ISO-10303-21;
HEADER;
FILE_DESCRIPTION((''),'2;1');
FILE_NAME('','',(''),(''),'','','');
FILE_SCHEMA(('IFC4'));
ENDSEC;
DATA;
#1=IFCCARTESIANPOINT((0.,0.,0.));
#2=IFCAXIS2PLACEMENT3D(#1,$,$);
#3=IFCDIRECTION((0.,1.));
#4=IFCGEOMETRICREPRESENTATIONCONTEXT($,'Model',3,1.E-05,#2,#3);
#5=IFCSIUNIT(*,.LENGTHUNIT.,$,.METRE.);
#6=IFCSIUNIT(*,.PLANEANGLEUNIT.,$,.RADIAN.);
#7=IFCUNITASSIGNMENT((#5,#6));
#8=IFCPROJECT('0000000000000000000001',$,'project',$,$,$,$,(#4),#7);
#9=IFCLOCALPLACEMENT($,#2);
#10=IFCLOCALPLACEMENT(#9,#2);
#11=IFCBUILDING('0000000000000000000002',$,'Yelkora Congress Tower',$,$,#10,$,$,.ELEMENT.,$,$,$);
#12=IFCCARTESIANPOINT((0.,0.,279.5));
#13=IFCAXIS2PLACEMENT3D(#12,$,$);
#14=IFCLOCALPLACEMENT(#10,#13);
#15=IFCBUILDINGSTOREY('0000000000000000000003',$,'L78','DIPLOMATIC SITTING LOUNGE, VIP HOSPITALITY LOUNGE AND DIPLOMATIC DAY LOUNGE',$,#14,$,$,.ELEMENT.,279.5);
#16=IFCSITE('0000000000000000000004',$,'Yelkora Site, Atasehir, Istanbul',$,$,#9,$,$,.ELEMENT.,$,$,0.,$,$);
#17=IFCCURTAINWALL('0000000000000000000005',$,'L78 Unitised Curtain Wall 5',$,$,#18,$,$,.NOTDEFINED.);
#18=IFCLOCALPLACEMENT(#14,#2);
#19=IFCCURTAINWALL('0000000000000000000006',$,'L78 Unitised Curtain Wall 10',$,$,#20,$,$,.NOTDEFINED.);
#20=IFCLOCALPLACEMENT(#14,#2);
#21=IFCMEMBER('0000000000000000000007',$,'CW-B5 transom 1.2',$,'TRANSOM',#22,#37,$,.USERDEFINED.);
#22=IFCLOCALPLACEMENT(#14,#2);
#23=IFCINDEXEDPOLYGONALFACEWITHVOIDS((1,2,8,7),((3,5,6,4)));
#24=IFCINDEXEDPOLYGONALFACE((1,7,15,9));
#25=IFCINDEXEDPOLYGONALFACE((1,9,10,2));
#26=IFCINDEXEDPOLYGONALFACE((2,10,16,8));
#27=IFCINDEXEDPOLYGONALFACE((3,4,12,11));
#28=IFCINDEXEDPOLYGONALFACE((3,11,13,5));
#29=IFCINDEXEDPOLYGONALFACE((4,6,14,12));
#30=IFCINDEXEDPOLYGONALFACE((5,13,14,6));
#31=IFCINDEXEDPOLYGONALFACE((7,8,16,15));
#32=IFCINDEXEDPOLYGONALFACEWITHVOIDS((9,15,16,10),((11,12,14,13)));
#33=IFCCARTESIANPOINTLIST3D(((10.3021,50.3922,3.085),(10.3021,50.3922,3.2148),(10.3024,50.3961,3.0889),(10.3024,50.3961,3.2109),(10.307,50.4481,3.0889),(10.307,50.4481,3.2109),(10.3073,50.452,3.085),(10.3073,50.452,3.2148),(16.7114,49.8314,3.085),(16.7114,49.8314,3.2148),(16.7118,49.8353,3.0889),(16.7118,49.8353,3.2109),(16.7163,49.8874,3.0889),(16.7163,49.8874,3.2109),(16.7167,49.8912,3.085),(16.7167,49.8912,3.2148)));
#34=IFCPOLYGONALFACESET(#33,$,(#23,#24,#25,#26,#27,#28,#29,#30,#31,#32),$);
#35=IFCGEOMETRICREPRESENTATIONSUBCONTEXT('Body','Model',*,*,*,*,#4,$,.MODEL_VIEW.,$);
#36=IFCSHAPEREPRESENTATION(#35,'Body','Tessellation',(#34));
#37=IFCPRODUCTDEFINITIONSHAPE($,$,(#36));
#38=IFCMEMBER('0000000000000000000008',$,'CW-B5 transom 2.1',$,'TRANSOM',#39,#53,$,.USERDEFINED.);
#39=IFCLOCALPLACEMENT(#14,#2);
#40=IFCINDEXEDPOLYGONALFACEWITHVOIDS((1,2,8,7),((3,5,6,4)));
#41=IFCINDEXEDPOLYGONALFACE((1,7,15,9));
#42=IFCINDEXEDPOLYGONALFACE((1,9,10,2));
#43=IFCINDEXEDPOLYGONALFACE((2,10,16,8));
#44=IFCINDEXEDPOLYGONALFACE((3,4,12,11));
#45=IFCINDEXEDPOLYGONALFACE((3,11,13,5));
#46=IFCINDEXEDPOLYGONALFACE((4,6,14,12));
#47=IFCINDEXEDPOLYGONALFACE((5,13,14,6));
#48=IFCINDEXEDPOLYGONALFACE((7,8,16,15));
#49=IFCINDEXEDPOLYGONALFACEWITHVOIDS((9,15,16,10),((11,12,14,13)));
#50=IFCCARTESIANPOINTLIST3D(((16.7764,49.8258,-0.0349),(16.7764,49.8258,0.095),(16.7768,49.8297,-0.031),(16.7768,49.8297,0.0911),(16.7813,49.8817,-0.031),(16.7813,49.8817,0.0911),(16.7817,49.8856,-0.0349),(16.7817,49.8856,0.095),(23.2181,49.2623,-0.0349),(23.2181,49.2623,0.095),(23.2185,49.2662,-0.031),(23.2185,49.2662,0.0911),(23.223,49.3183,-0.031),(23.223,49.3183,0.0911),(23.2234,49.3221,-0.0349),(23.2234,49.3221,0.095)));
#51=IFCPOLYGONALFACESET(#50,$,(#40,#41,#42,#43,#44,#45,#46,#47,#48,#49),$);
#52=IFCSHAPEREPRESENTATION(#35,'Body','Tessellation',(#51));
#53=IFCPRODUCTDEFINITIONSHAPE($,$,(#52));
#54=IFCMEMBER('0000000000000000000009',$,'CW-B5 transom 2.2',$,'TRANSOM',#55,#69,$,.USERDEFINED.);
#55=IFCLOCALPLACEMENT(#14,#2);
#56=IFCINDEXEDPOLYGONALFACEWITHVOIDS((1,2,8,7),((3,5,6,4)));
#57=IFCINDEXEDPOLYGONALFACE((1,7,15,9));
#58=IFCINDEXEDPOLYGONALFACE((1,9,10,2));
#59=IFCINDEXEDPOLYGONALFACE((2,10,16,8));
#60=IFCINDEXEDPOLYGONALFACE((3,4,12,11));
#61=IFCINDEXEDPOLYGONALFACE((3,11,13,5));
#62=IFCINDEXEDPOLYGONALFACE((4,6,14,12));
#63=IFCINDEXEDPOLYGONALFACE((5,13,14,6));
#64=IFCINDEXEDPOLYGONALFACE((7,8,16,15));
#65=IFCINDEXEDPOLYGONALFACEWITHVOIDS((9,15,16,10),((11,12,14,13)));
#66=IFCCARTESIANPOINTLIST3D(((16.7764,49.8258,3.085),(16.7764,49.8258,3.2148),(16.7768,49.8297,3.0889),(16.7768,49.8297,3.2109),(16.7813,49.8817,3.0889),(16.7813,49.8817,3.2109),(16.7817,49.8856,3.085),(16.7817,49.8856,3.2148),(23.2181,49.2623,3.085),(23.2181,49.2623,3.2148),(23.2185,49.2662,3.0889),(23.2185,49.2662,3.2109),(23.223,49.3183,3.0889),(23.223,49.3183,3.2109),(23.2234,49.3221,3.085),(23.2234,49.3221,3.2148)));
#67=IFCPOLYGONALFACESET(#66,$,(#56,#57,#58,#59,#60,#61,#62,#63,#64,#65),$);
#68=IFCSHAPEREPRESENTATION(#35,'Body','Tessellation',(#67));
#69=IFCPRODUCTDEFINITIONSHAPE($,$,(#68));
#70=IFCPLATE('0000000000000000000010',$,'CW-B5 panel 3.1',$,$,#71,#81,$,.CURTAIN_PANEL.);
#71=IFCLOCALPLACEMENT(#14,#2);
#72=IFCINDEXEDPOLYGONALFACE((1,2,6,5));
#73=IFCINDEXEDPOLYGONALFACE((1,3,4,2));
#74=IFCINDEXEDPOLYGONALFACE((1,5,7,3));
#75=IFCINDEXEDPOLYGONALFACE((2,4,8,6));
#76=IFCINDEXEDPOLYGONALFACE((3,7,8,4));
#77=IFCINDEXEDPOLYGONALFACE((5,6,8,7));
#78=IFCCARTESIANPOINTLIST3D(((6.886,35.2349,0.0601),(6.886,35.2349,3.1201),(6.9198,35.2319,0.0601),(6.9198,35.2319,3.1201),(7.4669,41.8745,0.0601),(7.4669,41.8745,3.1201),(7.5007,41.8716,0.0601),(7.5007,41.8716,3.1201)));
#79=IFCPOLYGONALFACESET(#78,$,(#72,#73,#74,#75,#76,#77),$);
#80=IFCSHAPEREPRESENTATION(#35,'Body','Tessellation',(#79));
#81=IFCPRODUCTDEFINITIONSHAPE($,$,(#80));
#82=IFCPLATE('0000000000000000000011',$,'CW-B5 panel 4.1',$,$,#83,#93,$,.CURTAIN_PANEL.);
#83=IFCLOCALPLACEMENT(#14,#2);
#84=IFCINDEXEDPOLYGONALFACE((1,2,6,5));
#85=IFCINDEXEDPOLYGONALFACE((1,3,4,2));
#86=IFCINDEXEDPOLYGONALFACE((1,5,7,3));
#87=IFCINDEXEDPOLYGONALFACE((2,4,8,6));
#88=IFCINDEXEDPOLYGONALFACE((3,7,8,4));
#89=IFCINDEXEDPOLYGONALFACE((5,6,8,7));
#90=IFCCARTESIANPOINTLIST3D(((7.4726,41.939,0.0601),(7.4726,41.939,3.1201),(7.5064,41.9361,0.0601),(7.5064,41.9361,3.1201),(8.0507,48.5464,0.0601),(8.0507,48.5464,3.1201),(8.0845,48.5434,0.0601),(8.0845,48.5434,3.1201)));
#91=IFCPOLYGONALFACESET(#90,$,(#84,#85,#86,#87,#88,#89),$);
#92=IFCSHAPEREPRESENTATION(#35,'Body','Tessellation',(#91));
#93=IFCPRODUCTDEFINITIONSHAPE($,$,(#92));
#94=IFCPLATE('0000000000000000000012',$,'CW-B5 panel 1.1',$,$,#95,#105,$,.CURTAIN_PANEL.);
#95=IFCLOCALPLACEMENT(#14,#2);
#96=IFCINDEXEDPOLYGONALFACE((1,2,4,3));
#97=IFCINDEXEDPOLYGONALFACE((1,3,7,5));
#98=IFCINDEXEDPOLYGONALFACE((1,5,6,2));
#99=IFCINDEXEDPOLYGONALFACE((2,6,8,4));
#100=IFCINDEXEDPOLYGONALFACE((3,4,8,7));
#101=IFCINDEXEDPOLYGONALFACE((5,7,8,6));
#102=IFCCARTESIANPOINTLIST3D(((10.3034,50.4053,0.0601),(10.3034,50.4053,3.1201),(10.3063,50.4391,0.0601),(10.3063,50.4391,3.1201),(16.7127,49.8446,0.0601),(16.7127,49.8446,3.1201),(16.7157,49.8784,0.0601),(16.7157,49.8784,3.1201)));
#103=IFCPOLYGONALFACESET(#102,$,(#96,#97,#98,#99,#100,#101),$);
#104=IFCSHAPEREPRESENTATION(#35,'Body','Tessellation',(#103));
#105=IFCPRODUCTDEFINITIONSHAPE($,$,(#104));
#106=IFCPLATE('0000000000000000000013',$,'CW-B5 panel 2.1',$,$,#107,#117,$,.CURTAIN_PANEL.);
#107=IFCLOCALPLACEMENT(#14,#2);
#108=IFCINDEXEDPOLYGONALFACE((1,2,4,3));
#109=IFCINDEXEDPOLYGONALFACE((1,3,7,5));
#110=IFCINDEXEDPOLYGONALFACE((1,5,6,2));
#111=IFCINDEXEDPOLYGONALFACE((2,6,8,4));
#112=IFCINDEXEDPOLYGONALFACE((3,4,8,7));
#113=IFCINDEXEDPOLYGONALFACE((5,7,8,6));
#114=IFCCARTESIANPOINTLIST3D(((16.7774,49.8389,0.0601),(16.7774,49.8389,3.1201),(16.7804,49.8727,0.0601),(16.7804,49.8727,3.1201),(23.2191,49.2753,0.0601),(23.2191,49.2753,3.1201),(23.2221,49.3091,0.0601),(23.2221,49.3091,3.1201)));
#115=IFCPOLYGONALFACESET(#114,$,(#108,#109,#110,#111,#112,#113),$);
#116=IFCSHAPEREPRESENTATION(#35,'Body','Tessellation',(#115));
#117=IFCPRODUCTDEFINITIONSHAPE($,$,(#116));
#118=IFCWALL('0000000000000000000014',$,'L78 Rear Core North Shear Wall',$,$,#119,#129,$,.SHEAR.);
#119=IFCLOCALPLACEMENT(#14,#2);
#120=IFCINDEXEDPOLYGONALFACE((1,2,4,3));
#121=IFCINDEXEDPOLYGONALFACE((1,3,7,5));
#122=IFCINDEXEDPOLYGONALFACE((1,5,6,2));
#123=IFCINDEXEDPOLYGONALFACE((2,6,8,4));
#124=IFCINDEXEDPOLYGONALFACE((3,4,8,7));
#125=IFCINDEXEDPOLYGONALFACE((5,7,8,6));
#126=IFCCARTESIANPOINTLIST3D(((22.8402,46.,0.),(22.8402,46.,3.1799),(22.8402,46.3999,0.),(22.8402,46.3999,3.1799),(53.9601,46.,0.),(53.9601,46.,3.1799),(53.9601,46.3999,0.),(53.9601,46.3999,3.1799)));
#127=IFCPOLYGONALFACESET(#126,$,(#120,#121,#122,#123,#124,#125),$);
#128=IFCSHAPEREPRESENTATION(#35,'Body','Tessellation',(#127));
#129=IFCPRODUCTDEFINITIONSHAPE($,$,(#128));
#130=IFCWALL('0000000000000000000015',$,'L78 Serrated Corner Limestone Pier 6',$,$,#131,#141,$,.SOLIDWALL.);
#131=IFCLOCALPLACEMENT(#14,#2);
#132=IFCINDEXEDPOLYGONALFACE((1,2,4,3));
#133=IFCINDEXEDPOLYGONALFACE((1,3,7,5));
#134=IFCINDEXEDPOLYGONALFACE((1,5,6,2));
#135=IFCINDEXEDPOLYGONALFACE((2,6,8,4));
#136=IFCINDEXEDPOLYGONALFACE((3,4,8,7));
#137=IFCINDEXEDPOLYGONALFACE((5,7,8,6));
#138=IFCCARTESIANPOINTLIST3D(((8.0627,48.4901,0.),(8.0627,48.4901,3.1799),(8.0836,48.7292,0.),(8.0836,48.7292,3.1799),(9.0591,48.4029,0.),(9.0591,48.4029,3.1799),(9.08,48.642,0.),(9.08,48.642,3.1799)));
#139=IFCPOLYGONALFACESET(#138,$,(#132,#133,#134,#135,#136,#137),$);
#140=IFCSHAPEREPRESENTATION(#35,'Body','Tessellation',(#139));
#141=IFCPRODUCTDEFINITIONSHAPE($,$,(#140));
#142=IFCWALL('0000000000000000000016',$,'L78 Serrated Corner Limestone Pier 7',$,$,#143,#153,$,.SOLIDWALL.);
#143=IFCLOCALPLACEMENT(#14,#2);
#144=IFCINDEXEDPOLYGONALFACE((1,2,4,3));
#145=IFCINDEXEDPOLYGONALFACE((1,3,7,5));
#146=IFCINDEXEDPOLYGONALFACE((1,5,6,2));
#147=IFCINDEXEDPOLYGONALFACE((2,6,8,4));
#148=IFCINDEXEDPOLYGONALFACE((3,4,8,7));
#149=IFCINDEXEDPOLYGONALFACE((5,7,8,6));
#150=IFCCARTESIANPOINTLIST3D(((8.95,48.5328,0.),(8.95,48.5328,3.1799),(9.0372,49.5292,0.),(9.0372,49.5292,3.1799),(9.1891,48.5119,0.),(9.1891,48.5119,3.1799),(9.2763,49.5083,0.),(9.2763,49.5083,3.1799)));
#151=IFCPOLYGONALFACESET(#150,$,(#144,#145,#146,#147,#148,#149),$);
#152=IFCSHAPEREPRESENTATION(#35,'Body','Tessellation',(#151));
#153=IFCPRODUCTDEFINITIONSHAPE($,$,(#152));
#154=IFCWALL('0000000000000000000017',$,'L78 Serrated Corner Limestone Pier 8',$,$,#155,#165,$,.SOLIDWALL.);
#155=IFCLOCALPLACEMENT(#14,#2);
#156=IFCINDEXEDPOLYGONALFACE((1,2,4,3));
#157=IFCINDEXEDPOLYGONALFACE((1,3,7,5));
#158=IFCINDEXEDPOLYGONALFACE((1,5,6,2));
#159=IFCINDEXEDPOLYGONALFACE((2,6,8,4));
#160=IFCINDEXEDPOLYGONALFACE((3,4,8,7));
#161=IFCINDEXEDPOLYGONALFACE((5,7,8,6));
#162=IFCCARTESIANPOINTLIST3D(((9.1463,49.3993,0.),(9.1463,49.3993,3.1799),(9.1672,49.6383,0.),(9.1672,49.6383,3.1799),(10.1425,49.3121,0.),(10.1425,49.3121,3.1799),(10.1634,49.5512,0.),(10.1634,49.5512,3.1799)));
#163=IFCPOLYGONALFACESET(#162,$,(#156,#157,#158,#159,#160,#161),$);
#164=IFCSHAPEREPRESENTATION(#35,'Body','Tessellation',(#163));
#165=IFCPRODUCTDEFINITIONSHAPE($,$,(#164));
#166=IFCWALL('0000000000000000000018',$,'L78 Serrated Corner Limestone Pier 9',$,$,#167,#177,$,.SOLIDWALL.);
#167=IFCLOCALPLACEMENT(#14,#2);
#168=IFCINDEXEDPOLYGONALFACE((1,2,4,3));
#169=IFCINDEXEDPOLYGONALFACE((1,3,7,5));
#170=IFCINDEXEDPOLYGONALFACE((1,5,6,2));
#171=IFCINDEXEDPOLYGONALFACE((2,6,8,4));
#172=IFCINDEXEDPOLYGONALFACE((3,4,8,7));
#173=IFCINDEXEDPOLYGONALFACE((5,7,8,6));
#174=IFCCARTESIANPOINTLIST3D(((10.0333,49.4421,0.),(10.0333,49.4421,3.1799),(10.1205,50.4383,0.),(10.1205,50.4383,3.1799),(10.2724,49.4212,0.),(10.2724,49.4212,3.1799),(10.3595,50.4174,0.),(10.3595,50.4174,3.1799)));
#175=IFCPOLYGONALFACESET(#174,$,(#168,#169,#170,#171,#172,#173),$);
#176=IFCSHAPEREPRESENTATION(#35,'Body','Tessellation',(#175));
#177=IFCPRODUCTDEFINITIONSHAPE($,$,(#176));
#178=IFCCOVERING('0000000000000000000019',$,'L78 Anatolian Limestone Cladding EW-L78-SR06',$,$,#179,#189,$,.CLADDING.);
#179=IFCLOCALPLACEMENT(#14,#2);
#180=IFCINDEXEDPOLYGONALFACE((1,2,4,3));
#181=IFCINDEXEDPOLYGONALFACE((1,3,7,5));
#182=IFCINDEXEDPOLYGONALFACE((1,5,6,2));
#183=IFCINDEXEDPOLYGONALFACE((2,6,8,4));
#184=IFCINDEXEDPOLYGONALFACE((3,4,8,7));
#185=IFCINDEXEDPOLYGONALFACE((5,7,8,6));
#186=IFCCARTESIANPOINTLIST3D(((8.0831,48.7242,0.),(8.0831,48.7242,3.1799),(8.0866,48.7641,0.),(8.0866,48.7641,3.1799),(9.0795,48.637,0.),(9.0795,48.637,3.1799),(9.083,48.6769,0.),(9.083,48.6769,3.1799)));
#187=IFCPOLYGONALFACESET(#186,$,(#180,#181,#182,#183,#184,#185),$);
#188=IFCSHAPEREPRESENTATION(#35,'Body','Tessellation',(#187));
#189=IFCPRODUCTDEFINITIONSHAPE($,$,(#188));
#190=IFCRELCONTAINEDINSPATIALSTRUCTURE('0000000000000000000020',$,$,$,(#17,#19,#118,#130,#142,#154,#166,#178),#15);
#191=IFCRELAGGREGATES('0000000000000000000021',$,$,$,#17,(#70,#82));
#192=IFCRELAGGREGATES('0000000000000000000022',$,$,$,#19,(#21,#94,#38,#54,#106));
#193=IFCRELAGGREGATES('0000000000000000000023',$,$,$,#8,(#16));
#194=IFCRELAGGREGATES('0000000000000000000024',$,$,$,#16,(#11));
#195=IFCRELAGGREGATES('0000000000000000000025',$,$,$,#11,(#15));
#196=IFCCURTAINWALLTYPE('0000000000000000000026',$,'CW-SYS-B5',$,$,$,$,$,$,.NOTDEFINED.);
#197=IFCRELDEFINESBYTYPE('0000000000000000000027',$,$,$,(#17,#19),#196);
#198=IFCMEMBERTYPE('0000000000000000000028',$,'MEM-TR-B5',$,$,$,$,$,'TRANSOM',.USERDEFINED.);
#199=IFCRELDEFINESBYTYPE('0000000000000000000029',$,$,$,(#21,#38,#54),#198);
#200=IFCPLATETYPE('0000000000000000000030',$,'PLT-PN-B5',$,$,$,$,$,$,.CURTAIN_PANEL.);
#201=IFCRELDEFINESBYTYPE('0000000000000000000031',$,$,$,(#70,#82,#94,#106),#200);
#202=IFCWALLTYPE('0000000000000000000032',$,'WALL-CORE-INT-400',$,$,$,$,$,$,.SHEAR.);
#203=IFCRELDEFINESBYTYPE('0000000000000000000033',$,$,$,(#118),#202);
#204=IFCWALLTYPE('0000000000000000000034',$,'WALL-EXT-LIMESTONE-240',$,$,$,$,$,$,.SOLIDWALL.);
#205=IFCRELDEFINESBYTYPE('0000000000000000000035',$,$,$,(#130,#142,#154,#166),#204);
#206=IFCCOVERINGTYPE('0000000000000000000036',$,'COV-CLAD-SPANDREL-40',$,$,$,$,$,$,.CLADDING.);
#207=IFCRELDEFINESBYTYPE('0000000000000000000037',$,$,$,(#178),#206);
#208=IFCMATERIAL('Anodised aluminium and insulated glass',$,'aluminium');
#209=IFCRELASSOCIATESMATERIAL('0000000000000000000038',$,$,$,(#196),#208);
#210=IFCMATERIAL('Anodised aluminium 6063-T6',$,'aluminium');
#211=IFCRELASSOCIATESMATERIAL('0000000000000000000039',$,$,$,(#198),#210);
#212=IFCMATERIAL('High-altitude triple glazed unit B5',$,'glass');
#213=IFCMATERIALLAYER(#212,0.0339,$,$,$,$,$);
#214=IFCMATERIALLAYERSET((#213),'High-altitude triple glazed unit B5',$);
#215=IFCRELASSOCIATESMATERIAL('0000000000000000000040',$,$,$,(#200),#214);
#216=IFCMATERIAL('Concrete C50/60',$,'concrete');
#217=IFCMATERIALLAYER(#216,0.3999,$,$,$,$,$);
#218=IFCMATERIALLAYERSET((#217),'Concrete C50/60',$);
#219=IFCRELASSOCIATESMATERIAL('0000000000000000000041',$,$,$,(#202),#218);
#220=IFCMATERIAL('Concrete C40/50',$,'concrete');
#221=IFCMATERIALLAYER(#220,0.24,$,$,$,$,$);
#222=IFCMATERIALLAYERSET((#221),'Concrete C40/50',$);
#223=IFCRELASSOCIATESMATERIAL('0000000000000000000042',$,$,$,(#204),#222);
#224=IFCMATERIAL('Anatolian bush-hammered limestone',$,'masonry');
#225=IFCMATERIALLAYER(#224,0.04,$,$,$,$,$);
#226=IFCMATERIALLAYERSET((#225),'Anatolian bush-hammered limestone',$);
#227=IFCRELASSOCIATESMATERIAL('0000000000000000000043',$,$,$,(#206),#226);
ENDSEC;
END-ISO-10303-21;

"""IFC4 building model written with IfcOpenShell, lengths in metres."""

from ifc_helpers import new_model, si_unit, direction, frame, frame_2d, origin, origin_2d, place, context, subcontext, project, spatial, rectangle, hollow_rectangle, extrude, material, layer, layer_set, material_profile, profile_set, type_object, element, aggregate, save


model = new_model("IFC4")

# Units and contexts
model_context = context("Model", 3, precision=1e-05, world=origin(), true_north=direction((0.0, 1.0)))
body_context = subcontext(model_context, "Body", "Model", "MODEL_VIEW")
ifc_project = project(units=[si_unit("LENGTHUNIT", "METRE"), si_unit("PLANEANGLEUNIT", "RADIAN")], contexts=[model_context])

# Site, building, storey
site_placement = place(None, origin())
site = spatial("IfcSite", under=ifc_project, at=site_placement, Name="Yelkora Site, Atasehir, Istanbul", CompositionType="ELEMENT", RefElevation=0.0)
building_placement = place(site_placement, origin())
building = spatial("IfcBuilding", under=site, at=building_placement, Name="Yelkora Congress Tower", CompositionType="ELEMENT")
storey_placement = place(building_placement, frame((0.0, 0.0, 279.5)))
storey = spatial("IfcBuildingStorey", under=building, at=storey_placement, Name="L78", Description="DIPLOMATIC SITTING LOUNGE, VIP HOSPITALITY LOUNGE AND DIPLOMATIC DAY LOUNGE", CompositionType="ELEMENT", Elevation=279.5)

# Curtain walls
ifc_material_1 = material(Name="Anodised aluminium and insulated glass", Category="aluminium")
curtain_wall_type = type_object("IfcCurtainWallType", Name="CW-SYS-B5", PredefinedType="NOTDEFINED", material=ifc_material_1)
curtain_wall_1_placement = place(storey_placement, origin())
curtain_wall_1 = element("IfcCurtainWall", 1, at=curtain_wall_1_placement, inside=storey, type_object=curtain_wall_type, Name="L78 Unitised Curtain Wall 5", PredefinedType="NOTDEFINED")
ifc_material_2 = material(Name="Anodised aluminium 6063-T6", Category="aluminium")
curtain_wall_2_placement = place(storey_placement, origin())
curtain_wall_2 = element("IfcCurtainWall", 2, at=curtain_wall_2_placement, inside=storey, type_object=curtain_wall_type, Name="L78 Unitised Curtain Wall 10", PredefinedType="NOTDEFINED")

# Members
ifc_material_profile_1 = material_profile(ifc_material_2, hollow_rectangle(XDim=0.0601, YDim=0.1299, WallThickness=0.0039, at=origin_2d()), Name="ALU 60x130x4")
ifc_profile_set_1 = profile_set([ifc_material_profile_1], Name="Anodised aluminium 6063-T6")
member_type_1 = type_object("IfcMemberType", Name="MEM-TR-B5", ElementType="TRANSOM", PredefinedType="USERDEFINED", material=ifc_profile_set_1)
member_1_placement = place(storey_placement, frame((10.3047, 50.4221, 3.1499), z_axis=(0.996194, -0.087162, 0.0), x_axis=(0.087162, 0.996194, 0.0)))
member_1 = element("IfcMember", 3, at=member_1_placement, type_object=member_type_1, Name="CW-B5 transom 1.2", ObjectType="TRANSOM", PredefinedType="USERDEFINED", context=body_context, shape_type="SweptSolid", body=[
    extrude(hollow_rectangle(XDim=0.0601, YDim=0.1299, WallThickness=0.0039, at=origin_2d()), origin(), (0.0, 0.0, 1.0), 6.4338),
])
member_2_placement = place(storey_placement, frame((16.7791, 49.8557, 0.03), z_axis=(0.996196, -0.087141, 0.0), x_axis=(0.087141, 0.996196, 0.0)))
member_2 = element("IfcMember", 4, at=member_2_placement, type_object=member_type_1, Name="CW-B5 transom 2.1", ObjectType="TRANSOM", PredefinedType="USERDEFINED", context=body_context, shape_type="SweptSolid", body=[
    extrude(hollow_rectangle(XDim=0.0601, YDim=0.1299, WallThickness=0.0039, at=origin_2d()), origin(), (0.0, 0.0, 1.0), 6.4663),
])
member_3_placement = place(storey_placement, frame((16.7791, 49.8557, 3.1499), z_axis=(0.996196, -0.087141, 0.0), x_axis=(0.087141, 0.996196, 0.0)))
member_3 = element("IfcMember", 5, at=member_3_placement, type_object=member_type_1, Name="CW-B5 transom 2.2", ObjectType="TRANSOM", PredefinedType="USERDEFINED", context=body_context, shape_type="SweptSolid", body=[
    extrude(hollow_rectangle(XDim=0.0601, YDim=0.1299, WallThickness=0.0039, at=origin_2d()), origin(), (0.0, 0.0, 1.0), 6.4663),
])

# Plates
ifc_material_3 = material(Name="High-altitude triple glazed unit B5", Category="glass")
ifc_layer_1 = layer(ifc_material_3, 0.0339)
ifc_layer_set_1 = layer_set([ifc_layer_1], Name="High-altitude triple glazed unit B5")
plate_type = type_object("IfcPlateType", Name="PLT-PN-B5", PredefinedType="CURTAIN_PANEL", material=ifc_layer_set_1)
plate_1_placement = place(storey_placement, frame((7.1934, 38.5532, 0.0601), z_axis=(0.0, 0.0, 1.0), x_axis=(0.087155, 0.996195, 0.0)))
plate_1 = element("IfcPlate", 6, at=plate_1_placement, type_object=plate_type, Name="CW-B5 panel 3.1", PredefinedType="CURTAIN_PANEL", context=body_context, shape_type="SweptSolid", body=[
    extrude(rectangle(XDim=6.665, YDim=0.0339, at=origin_2d()), origin(), (0.0, 0.0, 1.0), 3.0601),
])
plate_2_placement = place(storey_placement, frame((7.7786, 45.2412, 0.0601), z_axis=(0.0, 0.0, 1.0), x_axis=(0.087155, 0.996195, 0.0)))
plate_2 = element("IfcPlate", 7, at=plate_2_placement, type_object=plate_type, Name="CW-B5 panel 4.1", PredefinedType="CURTAIN_PANEL", context=body_context, shape_type="SweptSolid", body=[
    extrude(rectangle(XDim=6.6326, YDim=0.0339, at=origin_2d()), origin(), (0.0, 0.0, 1.0), 3.0601),
])
aggregate(curtain_wall_1, [plate_1, plate_2])
plate_3_placement = place(storey_placement, frame((13.5095, 50.1418, 0.0601), z_axis=(0.0, 0.0, 1.0), x_axis=(0.996195, -0.087157, 0.0)))
plate_3 = element("IfcPlate", 8, at=plate_3_placement, type_object=plate_type, Name="CW-B5 panel 1.1", PredefinedType="CURTAIN_PANEL", context=body_context, shape_type="SweptSolid", body=[
    extrude(rectangle(XDim=6.4338, YDim=0.0339, at=origin_2d()), origin(), (0.0, 0.0, 1.0), 3.0601),
])
plate_4_placement = place(storey_placement, frame((19.9998, 49.574, 0.0601), z_axis=(0.0, 0.0, 1.0), x_axis=(0.996195, -0.087157, 0.0)))
plate_4 = element("IfcPlate", 9, at=plate_4_placement, type_object=plate_type, Name="CW-B5 panel 2.1", PredefinedType="CURTAIN_PANEL", context=body_context, shape_type="SweptSolid", body=[
    extrude(rectangle(XDim=6.4663, YDim=0.0339, at=origin_2d()), origin(), (0.0, 0.0, 1.0), 3.0601),
])
aggregate(curtain_wall_2, [member_1, plate_3, member_2, member_3, plate_4])

# Walls
ifc_material_4 = material(Name="Concrete C50/60", Category="concrete")
ifc_layer_2 = layer(ifc_material_4, 0.3999)
ifc_layer_set_2 = layer_set([ifc_layer_2], Name="Concrete C50/60")
wall_type_1 = type_object("IfcWallType", Name="WALL-CORE-INT-400", PredefinedType="SHEAR", material=ifc_layer_set_2)
wall_placement = place(storey_placement, frame((22.8401, 46.2, 0.0), z_axis=(0.0, 0.0, 1.0), x_axis=(1.0, 0.0, 0.0)))
element("IfcWall", 10, at=wall_placement, inside=storey, type_object=wall_type_1, Name="L78 Rear Core North Shear Wall", PredefinedType="SHEAR", context=body_context, shape_type="SweptSolid", body=[
    extrude(rectangle(XDim=31.1199, YDim=0.3999, at=frame_2d((15.5601, 0.0))), origin(), (0.0, 0.0, 1.0), 3.1799),
])
ifc_material_5 = material(Name="Concrete C40/50", Category="concrete")
ifc_layer_3 = layer(ifc_material_5, 0.24)
ifc_layer_set_3 = layer_set([ifc_layer_3], Name="Concrete C40/50")
wall_type_2 = type_object("IfcWallType", Name="WALL-EXT-LIMESTONE-240", PredefinedType="SOLIDWALL", material=ifc_layer_set_3)
for number, where, z_axis, x_axis, name in (
    (11, (8.0732, 48.6096, 0.0), (0.0, 0.0, 1.0), (0.996196, -0.087146, 0.0), "L78 Serrated Corner Limestone Pier 6"),
    (12, (9.0696, 48.5225, 0.0), (0.0, 0.0, 1.0), (0.087146, 0.996196, 0.0), "L78 Serrated Corner Limestone Pier 7"),
):
    element("IfcWall", number, at=place(storey_placement, frame(where, z_axis=z_axis, x_axis=x_axis)), inside=storey, type_object=wall_type_2, Name=name, PredefinedType="SOLIDWALL", context=body_context, shape_type="SweptSolid", body=[
        extrude(rectangle(XDim=1.0002, YDim=0.24, at=frame_2d((0.5, 0.0))), origin(), (0.0, 0.0, 1.0), 3.1799),
    ])
for number, where, z_axis, x_axis, name in (
    (13, (9.1567, 49.5188, 0.0), (0.0, 0.0, 1.0), (0.996194, -0.087167, 0.0), "L78 Serrated Corner Limestone Pier 8"),
    (14, (10.1528, 49.4316, 0.0), (0.0, 0.0, 1.0), (0.087167, 0.996194, 0.0), "L78 Serrated Corner Limestone Pier 9"),
):
    element("IfcWall", number, at=place(storey_placement, frame(where, z_axis=z_axis, x_axis=x_axis)), inside=storey, type_object=wall_type_2, Name=name, PredefinedType="SOLIDWALL", context=body_context, shape_type="SweptSolid", body=[
        extrude(rectangle(XDim=1.0, YDim=0.24, at=frame_2d((0.5, 0.0))), origin(), (0.0, 0.0, 1.0), 3.1799),
    ])

# Covering
ifc_material_6 = material(Name="Anatolian bush-hammered limestone", Category="masonry")
ifc_layer_4 = layer(ifc_material_6, 0.04)
ifc_layer_set_4 = layer_set([ifc_layer_4], Name="Anatolian bush-hammered limestone")
covering_type = type_object("IfcCoveringType", Name="COV-CLAD-SPANDREL-40", PredefinedType="CLADDING", material=ifc_layer_set_4)
for number, where, z_axis, x_axis, name in (
    (15, (8.085, 48.7441, 0.0), (0.0, 0.0, 1.0), (0.996196, -0.087146, 0.0), "L78 Anatolian Limestone Cladding EW-L78-SR06"),
):
    element("IfcCovering", number, at=place(storey_placement, frame(where, z_axis=z_axis, x_axis=x_axis)), inside=storey, type_object=covering_type, Name=name, PredefinedType="CLADDING", context=body_context, shape_type="SweptSolid", body=[
        extrude(rectangle(XDim=1.0002, YDim=0.04, at=frame_2d((0.5, 0.0))), origin(), (0.0, 0.0, 1.0), 3.1799),
    ])

save(model, "model.ifc")
